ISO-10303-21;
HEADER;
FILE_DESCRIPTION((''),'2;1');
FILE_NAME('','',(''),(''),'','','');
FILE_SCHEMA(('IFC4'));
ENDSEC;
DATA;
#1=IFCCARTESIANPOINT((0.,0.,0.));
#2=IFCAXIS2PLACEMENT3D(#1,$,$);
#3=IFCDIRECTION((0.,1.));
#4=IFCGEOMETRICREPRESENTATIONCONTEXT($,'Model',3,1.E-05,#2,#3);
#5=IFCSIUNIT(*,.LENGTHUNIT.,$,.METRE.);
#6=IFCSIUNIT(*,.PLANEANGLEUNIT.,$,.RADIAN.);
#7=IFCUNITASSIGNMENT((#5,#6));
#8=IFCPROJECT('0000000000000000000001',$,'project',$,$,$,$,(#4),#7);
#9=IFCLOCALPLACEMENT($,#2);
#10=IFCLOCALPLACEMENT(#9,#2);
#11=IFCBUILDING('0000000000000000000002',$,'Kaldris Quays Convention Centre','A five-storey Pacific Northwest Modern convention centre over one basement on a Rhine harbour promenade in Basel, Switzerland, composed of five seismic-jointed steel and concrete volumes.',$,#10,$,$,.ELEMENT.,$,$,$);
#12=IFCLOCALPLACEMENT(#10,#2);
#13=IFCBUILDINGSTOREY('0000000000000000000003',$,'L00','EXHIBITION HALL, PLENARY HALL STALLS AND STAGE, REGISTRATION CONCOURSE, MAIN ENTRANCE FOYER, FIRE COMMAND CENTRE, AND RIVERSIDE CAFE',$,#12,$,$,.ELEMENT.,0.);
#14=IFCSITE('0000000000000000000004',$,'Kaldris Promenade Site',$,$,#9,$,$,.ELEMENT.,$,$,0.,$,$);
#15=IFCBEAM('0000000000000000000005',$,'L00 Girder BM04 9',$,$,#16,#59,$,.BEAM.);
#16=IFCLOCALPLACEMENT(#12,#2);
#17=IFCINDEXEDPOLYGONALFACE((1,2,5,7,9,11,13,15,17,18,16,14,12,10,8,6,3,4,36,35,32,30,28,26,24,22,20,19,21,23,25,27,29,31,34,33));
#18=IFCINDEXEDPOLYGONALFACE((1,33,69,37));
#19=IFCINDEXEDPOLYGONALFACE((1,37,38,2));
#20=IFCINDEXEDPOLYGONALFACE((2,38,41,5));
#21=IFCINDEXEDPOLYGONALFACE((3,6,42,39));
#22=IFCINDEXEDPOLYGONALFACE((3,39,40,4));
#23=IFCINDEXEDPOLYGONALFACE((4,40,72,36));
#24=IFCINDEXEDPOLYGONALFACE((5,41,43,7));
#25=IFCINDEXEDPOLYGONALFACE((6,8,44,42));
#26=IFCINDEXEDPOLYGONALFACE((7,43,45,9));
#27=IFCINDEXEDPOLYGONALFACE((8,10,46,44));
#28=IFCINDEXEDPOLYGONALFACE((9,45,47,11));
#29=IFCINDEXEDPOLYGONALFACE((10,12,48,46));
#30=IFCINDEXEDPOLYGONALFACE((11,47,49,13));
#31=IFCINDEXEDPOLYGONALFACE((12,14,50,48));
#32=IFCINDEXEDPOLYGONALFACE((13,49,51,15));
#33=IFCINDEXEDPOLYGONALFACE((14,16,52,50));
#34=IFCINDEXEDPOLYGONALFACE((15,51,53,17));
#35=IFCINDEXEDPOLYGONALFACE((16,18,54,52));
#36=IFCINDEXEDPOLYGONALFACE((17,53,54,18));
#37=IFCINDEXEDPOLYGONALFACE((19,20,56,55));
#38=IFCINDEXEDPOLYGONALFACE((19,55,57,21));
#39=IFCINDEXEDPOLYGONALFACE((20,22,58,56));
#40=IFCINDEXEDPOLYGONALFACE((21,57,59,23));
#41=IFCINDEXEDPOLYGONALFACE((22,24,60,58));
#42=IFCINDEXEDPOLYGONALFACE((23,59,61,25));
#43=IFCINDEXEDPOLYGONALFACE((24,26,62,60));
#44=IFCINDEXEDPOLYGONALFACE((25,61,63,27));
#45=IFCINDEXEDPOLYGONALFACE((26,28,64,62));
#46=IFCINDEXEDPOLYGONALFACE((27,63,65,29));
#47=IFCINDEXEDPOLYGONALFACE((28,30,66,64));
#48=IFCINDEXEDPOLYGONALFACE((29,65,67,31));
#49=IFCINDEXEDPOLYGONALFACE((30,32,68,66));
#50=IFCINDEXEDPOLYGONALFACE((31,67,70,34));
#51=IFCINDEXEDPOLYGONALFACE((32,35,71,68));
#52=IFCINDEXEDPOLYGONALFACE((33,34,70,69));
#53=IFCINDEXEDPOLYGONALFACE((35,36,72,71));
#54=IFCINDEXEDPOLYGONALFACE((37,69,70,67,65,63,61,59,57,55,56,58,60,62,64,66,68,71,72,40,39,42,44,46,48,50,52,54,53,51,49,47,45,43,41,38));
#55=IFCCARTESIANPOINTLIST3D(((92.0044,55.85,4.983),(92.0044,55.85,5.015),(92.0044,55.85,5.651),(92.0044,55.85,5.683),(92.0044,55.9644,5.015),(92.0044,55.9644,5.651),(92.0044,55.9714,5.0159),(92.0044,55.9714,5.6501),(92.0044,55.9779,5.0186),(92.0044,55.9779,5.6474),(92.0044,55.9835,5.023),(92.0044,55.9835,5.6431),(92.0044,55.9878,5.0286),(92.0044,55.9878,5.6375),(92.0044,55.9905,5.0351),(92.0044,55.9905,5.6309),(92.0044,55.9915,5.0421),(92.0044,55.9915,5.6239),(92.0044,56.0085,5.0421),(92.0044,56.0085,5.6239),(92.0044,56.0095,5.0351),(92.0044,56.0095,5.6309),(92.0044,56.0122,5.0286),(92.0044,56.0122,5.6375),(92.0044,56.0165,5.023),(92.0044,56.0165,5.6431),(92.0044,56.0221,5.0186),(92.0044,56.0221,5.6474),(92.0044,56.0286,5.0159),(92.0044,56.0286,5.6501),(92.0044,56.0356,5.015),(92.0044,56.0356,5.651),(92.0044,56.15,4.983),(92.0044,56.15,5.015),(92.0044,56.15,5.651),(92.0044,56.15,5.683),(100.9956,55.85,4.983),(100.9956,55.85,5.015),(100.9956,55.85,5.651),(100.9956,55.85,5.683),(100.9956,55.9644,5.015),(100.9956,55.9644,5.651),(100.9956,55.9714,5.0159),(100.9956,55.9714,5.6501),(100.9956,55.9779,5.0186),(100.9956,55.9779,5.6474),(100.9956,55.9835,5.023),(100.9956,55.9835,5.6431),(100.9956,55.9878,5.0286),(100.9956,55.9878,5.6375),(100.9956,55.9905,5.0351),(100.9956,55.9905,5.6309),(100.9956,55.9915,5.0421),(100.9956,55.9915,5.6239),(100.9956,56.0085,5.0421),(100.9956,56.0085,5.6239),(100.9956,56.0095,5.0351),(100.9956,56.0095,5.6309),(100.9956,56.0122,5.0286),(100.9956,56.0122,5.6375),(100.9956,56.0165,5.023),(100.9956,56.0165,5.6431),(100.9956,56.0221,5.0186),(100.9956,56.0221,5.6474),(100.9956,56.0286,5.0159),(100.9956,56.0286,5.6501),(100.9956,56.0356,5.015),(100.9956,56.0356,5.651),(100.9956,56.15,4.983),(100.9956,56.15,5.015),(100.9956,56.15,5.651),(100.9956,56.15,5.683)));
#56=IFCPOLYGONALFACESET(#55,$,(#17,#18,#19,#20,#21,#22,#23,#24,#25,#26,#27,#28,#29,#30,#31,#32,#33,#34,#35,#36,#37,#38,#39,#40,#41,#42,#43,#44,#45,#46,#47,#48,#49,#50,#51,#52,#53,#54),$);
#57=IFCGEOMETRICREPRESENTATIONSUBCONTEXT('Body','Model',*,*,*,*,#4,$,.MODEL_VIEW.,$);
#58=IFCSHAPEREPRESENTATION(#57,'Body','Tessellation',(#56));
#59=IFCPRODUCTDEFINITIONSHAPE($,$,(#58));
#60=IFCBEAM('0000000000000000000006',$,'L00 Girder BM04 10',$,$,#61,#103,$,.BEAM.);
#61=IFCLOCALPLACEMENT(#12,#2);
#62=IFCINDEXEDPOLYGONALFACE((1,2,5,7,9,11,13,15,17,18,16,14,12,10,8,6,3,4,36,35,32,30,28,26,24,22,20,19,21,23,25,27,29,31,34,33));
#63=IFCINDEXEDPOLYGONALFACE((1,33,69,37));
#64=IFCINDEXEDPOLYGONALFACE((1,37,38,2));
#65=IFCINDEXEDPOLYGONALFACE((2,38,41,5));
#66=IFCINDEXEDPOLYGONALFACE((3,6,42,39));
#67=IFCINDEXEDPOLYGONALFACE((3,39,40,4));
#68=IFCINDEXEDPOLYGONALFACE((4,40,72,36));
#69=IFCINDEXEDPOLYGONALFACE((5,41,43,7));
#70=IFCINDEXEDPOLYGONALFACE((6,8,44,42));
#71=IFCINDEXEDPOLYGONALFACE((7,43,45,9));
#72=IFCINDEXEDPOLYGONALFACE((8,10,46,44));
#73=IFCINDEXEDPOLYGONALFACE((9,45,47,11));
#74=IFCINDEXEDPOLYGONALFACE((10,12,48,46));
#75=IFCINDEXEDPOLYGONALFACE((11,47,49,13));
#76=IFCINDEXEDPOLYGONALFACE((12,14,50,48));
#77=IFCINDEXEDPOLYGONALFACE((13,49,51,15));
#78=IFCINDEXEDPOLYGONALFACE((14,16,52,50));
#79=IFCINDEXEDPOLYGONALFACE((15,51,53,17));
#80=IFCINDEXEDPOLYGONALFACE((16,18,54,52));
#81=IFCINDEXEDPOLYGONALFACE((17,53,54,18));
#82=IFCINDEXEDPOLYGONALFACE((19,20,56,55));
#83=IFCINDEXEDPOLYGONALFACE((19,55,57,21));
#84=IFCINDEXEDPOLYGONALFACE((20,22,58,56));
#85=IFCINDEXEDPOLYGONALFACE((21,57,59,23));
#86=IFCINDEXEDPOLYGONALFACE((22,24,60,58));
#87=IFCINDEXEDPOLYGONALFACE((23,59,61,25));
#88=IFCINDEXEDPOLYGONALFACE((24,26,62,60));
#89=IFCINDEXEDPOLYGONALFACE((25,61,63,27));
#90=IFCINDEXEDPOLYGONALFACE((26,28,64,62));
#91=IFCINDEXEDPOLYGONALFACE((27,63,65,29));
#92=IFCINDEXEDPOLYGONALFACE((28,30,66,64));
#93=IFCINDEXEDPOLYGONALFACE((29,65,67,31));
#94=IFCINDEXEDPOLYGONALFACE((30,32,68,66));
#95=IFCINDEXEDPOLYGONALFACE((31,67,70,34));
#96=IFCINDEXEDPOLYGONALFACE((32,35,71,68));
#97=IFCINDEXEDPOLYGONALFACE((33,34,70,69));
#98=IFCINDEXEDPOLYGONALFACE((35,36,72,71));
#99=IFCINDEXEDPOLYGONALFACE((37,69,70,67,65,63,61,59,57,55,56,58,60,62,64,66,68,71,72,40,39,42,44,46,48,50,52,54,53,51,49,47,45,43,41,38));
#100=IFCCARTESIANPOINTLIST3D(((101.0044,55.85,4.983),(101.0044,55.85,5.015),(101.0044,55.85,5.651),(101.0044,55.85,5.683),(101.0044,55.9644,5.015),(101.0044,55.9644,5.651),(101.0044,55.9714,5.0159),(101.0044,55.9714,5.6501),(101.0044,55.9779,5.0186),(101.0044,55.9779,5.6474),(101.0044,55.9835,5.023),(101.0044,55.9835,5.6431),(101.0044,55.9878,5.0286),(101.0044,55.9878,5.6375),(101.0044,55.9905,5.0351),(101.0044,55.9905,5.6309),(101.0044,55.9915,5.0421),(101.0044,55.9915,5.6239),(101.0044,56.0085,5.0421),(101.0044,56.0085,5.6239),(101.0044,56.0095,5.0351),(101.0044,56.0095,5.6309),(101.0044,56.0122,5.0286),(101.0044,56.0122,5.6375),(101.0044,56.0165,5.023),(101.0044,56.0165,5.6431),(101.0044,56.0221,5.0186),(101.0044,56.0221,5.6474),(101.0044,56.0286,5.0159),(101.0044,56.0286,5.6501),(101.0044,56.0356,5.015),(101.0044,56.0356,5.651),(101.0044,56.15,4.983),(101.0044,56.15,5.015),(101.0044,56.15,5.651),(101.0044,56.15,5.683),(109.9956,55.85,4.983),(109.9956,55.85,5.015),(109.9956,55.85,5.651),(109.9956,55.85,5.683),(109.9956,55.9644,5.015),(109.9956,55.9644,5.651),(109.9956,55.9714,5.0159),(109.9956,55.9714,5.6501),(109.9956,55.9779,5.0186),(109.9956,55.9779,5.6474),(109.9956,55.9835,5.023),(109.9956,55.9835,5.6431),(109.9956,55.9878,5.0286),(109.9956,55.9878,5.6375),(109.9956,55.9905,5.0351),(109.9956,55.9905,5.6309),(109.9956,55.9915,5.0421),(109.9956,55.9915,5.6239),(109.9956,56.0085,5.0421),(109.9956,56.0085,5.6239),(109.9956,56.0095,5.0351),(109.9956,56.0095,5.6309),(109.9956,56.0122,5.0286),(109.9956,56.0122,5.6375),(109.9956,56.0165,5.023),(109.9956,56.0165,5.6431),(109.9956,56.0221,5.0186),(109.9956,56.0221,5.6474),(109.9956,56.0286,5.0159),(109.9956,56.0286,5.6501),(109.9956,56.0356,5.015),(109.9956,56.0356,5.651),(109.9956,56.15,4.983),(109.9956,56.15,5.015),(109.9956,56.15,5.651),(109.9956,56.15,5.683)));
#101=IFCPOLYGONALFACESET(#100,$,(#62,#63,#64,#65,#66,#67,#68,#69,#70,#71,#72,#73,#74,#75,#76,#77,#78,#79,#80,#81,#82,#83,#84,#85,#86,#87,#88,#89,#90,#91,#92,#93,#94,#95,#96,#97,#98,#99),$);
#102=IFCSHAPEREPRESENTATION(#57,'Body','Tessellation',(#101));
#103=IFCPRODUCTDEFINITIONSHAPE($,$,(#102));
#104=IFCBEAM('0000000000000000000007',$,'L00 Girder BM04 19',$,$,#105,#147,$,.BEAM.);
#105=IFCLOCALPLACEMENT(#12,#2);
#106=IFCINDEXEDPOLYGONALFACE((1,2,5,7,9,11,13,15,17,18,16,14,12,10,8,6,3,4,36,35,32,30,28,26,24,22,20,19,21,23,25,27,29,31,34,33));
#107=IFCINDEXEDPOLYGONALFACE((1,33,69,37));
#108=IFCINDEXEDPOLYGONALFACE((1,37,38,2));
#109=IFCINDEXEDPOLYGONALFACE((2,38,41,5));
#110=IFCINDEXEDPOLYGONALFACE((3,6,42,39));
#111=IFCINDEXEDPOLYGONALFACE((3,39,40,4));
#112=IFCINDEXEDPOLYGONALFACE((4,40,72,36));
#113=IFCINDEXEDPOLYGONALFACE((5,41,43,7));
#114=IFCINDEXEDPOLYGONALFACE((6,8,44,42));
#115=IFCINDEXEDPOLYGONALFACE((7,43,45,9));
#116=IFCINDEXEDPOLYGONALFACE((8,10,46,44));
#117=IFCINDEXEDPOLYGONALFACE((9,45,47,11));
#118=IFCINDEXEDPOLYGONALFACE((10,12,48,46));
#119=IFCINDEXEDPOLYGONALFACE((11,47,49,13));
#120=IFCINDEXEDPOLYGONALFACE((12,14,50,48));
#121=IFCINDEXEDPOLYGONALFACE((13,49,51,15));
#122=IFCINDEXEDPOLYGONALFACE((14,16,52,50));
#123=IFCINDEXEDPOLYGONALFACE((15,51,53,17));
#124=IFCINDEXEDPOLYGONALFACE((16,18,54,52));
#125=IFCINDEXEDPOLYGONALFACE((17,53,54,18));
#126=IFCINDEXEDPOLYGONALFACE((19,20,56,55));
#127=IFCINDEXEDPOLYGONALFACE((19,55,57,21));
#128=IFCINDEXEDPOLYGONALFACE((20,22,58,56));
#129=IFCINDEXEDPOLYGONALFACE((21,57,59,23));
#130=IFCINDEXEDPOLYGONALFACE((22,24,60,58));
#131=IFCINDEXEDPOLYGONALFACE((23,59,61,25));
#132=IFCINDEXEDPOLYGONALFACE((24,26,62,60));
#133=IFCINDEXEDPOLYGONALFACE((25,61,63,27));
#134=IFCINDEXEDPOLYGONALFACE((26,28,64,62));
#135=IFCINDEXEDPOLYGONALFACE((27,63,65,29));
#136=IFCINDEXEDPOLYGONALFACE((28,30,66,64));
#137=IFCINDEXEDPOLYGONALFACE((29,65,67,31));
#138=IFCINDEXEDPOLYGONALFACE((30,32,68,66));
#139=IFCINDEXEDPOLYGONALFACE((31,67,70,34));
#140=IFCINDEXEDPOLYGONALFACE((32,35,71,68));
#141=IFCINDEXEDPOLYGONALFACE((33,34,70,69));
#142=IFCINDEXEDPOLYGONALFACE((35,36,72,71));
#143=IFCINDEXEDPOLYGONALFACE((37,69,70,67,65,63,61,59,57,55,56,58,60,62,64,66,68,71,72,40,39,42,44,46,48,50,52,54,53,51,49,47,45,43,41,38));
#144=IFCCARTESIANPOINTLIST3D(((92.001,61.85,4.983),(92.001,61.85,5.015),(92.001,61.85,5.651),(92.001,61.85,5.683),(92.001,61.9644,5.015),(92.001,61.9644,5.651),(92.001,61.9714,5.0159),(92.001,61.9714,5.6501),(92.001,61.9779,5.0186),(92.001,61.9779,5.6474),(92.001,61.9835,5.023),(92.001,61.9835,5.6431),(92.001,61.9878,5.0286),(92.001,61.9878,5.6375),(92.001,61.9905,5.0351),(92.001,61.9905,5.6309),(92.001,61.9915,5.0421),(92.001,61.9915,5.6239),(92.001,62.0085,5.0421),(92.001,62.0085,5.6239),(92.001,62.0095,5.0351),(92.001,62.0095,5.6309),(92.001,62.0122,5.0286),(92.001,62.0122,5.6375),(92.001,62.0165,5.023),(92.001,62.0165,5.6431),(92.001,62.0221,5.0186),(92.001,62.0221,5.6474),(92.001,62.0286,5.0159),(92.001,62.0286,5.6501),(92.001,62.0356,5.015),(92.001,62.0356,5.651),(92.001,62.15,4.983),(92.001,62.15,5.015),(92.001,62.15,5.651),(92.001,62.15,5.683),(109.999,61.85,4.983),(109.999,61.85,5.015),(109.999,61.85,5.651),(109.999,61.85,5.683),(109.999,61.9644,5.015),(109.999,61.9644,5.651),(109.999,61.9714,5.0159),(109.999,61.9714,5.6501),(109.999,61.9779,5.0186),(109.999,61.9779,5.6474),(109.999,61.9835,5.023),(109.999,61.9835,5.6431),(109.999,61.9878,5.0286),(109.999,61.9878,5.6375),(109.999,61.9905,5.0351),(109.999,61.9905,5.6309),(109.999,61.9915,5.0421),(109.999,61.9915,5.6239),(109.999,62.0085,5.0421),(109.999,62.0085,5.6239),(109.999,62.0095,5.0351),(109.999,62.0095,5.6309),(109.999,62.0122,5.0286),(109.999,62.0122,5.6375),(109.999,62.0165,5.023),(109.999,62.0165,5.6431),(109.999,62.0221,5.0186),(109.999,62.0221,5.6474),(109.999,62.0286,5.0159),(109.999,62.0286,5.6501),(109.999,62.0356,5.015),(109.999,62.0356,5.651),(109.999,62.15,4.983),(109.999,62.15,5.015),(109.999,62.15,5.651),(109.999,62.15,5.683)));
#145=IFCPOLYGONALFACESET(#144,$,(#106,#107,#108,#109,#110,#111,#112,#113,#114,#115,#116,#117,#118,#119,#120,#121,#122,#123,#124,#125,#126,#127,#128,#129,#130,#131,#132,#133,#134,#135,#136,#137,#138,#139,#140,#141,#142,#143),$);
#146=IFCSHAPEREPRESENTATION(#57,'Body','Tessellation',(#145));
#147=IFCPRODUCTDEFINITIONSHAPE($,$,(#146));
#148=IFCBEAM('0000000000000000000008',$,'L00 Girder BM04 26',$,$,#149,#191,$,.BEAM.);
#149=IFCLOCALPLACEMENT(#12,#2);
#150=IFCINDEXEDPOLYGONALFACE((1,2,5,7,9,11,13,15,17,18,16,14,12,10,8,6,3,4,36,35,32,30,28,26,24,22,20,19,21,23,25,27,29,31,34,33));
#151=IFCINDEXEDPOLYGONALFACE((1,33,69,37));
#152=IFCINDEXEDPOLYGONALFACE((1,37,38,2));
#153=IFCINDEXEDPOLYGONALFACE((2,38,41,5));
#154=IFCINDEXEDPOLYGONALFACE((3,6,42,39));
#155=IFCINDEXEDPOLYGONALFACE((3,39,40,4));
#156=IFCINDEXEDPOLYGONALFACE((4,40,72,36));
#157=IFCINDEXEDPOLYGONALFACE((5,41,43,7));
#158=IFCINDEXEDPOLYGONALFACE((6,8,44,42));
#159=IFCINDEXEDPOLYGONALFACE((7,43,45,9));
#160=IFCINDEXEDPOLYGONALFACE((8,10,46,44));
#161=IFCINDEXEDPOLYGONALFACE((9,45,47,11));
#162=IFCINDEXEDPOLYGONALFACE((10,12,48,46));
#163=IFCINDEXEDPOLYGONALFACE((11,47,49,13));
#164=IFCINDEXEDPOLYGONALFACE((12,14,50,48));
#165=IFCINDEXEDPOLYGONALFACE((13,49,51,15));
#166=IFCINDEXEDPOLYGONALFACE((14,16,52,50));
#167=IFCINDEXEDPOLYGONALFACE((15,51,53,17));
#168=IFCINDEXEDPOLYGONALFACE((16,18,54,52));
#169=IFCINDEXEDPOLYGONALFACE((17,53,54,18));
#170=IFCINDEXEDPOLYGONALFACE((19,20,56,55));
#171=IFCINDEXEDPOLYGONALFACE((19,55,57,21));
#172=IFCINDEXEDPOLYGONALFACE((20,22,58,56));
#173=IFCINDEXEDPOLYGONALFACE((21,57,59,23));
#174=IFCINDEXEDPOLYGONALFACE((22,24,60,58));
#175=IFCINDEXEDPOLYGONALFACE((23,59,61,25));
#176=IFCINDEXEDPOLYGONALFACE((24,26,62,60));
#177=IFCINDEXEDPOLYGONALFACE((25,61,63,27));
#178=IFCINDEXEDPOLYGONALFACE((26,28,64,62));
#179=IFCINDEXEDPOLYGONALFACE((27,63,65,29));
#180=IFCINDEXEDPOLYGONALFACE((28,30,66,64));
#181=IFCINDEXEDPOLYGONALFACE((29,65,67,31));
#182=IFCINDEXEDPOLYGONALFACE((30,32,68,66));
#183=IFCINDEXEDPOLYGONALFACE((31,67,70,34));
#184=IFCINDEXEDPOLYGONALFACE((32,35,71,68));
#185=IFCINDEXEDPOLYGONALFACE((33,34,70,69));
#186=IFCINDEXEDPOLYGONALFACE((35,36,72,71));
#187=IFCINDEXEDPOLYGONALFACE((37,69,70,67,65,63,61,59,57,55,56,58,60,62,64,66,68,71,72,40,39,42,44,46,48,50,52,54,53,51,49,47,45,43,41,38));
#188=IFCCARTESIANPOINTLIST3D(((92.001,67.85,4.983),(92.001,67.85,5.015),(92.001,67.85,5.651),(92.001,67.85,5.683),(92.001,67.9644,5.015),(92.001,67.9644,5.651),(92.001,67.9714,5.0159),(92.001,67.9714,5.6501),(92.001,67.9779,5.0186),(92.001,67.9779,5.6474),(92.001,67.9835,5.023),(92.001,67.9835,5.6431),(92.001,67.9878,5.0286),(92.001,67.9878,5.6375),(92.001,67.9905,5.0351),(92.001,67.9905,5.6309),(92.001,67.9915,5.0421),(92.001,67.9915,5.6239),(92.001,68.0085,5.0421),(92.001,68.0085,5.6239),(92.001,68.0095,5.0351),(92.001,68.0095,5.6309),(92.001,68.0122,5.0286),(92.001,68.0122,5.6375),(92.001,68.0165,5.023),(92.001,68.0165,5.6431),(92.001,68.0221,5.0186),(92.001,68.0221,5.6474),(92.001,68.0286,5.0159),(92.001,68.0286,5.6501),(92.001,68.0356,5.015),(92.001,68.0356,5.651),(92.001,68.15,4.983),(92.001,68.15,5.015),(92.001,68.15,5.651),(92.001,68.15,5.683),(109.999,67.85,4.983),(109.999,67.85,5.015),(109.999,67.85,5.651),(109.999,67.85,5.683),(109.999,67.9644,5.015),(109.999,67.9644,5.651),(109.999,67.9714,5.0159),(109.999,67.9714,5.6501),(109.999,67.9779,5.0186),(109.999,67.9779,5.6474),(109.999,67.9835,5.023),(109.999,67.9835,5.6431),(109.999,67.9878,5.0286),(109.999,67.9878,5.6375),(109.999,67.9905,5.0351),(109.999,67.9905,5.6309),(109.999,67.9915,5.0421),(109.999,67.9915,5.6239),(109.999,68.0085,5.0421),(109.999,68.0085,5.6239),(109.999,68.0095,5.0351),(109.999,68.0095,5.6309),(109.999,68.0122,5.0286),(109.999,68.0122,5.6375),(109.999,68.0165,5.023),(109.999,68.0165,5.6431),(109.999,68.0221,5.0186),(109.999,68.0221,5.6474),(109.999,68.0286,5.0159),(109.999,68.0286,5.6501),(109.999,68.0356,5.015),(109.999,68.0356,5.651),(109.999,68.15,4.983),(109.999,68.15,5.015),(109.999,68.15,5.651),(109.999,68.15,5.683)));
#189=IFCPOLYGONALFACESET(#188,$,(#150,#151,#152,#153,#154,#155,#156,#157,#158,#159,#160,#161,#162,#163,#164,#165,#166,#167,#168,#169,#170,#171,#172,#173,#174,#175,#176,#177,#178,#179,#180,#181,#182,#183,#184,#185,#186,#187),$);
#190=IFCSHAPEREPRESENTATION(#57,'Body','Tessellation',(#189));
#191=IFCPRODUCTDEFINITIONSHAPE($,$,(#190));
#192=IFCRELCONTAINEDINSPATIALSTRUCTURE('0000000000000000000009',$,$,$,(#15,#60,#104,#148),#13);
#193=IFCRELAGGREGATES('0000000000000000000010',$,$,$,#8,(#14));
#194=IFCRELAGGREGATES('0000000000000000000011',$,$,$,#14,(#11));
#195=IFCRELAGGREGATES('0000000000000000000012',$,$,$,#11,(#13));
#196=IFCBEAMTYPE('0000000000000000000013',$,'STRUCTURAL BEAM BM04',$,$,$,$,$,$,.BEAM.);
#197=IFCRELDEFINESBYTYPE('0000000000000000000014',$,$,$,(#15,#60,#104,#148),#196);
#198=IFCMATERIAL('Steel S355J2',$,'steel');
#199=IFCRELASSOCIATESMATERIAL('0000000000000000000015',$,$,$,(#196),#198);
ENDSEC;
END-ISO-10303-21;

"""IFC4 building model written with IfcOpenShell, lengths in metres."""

from ifc_helpers import new_model, si_unit, direction, frame, origin, origin_2d, place, context, subcontext, project, spatial, i_section, extrude, material, material_profile, profile_set, type_object, element, save


model = new_model("IFC4")

# Units and contexts
model_context = context("Model", 3, precision=1e-05, world=origin(), true_north=direction((0.0, 1.0)))
body_context = subcontext(model_context, "Body", "Model", "MODEL_VIEW")
ifc_project = project(units=[si_unit("LENGTHUNIT", "METRE"), si_unit("PLANEANGLEUNIT", "RADIAN")], contexts=[model_context])

# Site, building, storey
site_placement = place(None, origin())
site = spatial("IfcSite", under=ifc_project, at=site_placement, Name="Kaldris Promenade Site", CompositionType="ELEMENT", RefElevation=0.0)
building_placement = place(site_placement, origin())
building = spatial("IfcBuilding", under=site, at=building_placement, Name="Kaldris Quays Convention Centre", Description="A five-storey Pacific Northwest Modern convention centre over one basement on a Rhine harbour promenade in Basel, Switzerland, composed of five seismic-jointed steel and concrete volumes.", CompositionType="ELEMENT")
storey_placement = place(building_placement, origin())
storey = spatial("IfcBuildingStorey", under=building, at=storey_placement, Name="L00", Description="EXHIBITION HALL, PLENARY HALL STALLS AND STAGE, REGISTRATION CONCOURSE, MAIN ENTRANCE FOYER, FIRE COMMAND CENTRE, AND RIVERSIDE CAFE", CompositionType="ELEMENT", Elevation=0.0)

# Shared definitions
ifc_material_1 = material(Name="Steel S355J2", Category="steel")

# Beams
ifc_material_profile_1 = material_profile(ifc_material_1, i_section(OverallWidth=0.3, OverallDepth=0.7, WebThickness=0.0171, FlangeThickness=0.032, FilletRadius=0.0271, at=origin_2d()), Name="HEB 700")
ifc_profile_set_1 = profile_set([ifc_material_profile_1], Name="Steel S355J2")
beam_type_1 = type_object("IfcBeamType", Name="STRUCTURAL BEAM BM04", PredefinedType="BEAM", material=ifc_profile_set_1)
for number, where, z_axis, x_axis, name in (
    (1, (92.0044, 56.0, 5.333), (1.0, 0.0, 0.0), (0.0, 1.0, 0.0), "L00 Girder BM04 9"),
    (2, (101.0044, 56.0, 5.333), (1.0, 0.0, 0.0), (0.0, 1.0, 0.0), "L00 Girder BM04 10"),
):
    element("IfcBeam", number, at=place(storey_placement, frame(where, z_axis=z_axis, x_axis=x_axis)), inside=storey, type_object=beam_type_1, Name=name, PredefinedType="BEAM", context=body_context, shape_type="SweptSolid", body=[
        extrude(i_section(OverallWidth=0.3, OverallDepth=0.7, WebThickness=0.0171, FlangeThickness=0.032, FilletRadius=0.0271, at=origin_2d()), origin(), (0.0, 0.0, 1.0), 8.9912),
    ])
for number, where, z_axis, x_axis, name in (
    (3, (92.001, 62.0, 5.333), (1.0, 0.0, 0.0), (0.0, 1.0, 0.0), "L00 Girder BM04 19"),
    (4, (92.001, 68.0, 5.333), (1.0, 0.0, 0.0), (0.0, 1.0, 0.0), "L00 Girder BM04 26"),
):
    element("IfcBeam", number, at=place(storey_placement, frame(where, z_axis=z_axis, x_axis=x_axis)), inside=storey, type_object=beam_type_1, Name=name, PredefinedType="BEAM", context=body_context, shape_type="SweptSolid", body=[
        extrude(i_section(OverallWidth=0.3, OverallDepth=0.7, WebThickness=0.0171, FlangeThickness=0.032, FilletRadius=0.0271, at=origin_2d()), origin(), (0.0, 0.0, 1.0), 17.998),
    ])

save(model, "model.ifc")
